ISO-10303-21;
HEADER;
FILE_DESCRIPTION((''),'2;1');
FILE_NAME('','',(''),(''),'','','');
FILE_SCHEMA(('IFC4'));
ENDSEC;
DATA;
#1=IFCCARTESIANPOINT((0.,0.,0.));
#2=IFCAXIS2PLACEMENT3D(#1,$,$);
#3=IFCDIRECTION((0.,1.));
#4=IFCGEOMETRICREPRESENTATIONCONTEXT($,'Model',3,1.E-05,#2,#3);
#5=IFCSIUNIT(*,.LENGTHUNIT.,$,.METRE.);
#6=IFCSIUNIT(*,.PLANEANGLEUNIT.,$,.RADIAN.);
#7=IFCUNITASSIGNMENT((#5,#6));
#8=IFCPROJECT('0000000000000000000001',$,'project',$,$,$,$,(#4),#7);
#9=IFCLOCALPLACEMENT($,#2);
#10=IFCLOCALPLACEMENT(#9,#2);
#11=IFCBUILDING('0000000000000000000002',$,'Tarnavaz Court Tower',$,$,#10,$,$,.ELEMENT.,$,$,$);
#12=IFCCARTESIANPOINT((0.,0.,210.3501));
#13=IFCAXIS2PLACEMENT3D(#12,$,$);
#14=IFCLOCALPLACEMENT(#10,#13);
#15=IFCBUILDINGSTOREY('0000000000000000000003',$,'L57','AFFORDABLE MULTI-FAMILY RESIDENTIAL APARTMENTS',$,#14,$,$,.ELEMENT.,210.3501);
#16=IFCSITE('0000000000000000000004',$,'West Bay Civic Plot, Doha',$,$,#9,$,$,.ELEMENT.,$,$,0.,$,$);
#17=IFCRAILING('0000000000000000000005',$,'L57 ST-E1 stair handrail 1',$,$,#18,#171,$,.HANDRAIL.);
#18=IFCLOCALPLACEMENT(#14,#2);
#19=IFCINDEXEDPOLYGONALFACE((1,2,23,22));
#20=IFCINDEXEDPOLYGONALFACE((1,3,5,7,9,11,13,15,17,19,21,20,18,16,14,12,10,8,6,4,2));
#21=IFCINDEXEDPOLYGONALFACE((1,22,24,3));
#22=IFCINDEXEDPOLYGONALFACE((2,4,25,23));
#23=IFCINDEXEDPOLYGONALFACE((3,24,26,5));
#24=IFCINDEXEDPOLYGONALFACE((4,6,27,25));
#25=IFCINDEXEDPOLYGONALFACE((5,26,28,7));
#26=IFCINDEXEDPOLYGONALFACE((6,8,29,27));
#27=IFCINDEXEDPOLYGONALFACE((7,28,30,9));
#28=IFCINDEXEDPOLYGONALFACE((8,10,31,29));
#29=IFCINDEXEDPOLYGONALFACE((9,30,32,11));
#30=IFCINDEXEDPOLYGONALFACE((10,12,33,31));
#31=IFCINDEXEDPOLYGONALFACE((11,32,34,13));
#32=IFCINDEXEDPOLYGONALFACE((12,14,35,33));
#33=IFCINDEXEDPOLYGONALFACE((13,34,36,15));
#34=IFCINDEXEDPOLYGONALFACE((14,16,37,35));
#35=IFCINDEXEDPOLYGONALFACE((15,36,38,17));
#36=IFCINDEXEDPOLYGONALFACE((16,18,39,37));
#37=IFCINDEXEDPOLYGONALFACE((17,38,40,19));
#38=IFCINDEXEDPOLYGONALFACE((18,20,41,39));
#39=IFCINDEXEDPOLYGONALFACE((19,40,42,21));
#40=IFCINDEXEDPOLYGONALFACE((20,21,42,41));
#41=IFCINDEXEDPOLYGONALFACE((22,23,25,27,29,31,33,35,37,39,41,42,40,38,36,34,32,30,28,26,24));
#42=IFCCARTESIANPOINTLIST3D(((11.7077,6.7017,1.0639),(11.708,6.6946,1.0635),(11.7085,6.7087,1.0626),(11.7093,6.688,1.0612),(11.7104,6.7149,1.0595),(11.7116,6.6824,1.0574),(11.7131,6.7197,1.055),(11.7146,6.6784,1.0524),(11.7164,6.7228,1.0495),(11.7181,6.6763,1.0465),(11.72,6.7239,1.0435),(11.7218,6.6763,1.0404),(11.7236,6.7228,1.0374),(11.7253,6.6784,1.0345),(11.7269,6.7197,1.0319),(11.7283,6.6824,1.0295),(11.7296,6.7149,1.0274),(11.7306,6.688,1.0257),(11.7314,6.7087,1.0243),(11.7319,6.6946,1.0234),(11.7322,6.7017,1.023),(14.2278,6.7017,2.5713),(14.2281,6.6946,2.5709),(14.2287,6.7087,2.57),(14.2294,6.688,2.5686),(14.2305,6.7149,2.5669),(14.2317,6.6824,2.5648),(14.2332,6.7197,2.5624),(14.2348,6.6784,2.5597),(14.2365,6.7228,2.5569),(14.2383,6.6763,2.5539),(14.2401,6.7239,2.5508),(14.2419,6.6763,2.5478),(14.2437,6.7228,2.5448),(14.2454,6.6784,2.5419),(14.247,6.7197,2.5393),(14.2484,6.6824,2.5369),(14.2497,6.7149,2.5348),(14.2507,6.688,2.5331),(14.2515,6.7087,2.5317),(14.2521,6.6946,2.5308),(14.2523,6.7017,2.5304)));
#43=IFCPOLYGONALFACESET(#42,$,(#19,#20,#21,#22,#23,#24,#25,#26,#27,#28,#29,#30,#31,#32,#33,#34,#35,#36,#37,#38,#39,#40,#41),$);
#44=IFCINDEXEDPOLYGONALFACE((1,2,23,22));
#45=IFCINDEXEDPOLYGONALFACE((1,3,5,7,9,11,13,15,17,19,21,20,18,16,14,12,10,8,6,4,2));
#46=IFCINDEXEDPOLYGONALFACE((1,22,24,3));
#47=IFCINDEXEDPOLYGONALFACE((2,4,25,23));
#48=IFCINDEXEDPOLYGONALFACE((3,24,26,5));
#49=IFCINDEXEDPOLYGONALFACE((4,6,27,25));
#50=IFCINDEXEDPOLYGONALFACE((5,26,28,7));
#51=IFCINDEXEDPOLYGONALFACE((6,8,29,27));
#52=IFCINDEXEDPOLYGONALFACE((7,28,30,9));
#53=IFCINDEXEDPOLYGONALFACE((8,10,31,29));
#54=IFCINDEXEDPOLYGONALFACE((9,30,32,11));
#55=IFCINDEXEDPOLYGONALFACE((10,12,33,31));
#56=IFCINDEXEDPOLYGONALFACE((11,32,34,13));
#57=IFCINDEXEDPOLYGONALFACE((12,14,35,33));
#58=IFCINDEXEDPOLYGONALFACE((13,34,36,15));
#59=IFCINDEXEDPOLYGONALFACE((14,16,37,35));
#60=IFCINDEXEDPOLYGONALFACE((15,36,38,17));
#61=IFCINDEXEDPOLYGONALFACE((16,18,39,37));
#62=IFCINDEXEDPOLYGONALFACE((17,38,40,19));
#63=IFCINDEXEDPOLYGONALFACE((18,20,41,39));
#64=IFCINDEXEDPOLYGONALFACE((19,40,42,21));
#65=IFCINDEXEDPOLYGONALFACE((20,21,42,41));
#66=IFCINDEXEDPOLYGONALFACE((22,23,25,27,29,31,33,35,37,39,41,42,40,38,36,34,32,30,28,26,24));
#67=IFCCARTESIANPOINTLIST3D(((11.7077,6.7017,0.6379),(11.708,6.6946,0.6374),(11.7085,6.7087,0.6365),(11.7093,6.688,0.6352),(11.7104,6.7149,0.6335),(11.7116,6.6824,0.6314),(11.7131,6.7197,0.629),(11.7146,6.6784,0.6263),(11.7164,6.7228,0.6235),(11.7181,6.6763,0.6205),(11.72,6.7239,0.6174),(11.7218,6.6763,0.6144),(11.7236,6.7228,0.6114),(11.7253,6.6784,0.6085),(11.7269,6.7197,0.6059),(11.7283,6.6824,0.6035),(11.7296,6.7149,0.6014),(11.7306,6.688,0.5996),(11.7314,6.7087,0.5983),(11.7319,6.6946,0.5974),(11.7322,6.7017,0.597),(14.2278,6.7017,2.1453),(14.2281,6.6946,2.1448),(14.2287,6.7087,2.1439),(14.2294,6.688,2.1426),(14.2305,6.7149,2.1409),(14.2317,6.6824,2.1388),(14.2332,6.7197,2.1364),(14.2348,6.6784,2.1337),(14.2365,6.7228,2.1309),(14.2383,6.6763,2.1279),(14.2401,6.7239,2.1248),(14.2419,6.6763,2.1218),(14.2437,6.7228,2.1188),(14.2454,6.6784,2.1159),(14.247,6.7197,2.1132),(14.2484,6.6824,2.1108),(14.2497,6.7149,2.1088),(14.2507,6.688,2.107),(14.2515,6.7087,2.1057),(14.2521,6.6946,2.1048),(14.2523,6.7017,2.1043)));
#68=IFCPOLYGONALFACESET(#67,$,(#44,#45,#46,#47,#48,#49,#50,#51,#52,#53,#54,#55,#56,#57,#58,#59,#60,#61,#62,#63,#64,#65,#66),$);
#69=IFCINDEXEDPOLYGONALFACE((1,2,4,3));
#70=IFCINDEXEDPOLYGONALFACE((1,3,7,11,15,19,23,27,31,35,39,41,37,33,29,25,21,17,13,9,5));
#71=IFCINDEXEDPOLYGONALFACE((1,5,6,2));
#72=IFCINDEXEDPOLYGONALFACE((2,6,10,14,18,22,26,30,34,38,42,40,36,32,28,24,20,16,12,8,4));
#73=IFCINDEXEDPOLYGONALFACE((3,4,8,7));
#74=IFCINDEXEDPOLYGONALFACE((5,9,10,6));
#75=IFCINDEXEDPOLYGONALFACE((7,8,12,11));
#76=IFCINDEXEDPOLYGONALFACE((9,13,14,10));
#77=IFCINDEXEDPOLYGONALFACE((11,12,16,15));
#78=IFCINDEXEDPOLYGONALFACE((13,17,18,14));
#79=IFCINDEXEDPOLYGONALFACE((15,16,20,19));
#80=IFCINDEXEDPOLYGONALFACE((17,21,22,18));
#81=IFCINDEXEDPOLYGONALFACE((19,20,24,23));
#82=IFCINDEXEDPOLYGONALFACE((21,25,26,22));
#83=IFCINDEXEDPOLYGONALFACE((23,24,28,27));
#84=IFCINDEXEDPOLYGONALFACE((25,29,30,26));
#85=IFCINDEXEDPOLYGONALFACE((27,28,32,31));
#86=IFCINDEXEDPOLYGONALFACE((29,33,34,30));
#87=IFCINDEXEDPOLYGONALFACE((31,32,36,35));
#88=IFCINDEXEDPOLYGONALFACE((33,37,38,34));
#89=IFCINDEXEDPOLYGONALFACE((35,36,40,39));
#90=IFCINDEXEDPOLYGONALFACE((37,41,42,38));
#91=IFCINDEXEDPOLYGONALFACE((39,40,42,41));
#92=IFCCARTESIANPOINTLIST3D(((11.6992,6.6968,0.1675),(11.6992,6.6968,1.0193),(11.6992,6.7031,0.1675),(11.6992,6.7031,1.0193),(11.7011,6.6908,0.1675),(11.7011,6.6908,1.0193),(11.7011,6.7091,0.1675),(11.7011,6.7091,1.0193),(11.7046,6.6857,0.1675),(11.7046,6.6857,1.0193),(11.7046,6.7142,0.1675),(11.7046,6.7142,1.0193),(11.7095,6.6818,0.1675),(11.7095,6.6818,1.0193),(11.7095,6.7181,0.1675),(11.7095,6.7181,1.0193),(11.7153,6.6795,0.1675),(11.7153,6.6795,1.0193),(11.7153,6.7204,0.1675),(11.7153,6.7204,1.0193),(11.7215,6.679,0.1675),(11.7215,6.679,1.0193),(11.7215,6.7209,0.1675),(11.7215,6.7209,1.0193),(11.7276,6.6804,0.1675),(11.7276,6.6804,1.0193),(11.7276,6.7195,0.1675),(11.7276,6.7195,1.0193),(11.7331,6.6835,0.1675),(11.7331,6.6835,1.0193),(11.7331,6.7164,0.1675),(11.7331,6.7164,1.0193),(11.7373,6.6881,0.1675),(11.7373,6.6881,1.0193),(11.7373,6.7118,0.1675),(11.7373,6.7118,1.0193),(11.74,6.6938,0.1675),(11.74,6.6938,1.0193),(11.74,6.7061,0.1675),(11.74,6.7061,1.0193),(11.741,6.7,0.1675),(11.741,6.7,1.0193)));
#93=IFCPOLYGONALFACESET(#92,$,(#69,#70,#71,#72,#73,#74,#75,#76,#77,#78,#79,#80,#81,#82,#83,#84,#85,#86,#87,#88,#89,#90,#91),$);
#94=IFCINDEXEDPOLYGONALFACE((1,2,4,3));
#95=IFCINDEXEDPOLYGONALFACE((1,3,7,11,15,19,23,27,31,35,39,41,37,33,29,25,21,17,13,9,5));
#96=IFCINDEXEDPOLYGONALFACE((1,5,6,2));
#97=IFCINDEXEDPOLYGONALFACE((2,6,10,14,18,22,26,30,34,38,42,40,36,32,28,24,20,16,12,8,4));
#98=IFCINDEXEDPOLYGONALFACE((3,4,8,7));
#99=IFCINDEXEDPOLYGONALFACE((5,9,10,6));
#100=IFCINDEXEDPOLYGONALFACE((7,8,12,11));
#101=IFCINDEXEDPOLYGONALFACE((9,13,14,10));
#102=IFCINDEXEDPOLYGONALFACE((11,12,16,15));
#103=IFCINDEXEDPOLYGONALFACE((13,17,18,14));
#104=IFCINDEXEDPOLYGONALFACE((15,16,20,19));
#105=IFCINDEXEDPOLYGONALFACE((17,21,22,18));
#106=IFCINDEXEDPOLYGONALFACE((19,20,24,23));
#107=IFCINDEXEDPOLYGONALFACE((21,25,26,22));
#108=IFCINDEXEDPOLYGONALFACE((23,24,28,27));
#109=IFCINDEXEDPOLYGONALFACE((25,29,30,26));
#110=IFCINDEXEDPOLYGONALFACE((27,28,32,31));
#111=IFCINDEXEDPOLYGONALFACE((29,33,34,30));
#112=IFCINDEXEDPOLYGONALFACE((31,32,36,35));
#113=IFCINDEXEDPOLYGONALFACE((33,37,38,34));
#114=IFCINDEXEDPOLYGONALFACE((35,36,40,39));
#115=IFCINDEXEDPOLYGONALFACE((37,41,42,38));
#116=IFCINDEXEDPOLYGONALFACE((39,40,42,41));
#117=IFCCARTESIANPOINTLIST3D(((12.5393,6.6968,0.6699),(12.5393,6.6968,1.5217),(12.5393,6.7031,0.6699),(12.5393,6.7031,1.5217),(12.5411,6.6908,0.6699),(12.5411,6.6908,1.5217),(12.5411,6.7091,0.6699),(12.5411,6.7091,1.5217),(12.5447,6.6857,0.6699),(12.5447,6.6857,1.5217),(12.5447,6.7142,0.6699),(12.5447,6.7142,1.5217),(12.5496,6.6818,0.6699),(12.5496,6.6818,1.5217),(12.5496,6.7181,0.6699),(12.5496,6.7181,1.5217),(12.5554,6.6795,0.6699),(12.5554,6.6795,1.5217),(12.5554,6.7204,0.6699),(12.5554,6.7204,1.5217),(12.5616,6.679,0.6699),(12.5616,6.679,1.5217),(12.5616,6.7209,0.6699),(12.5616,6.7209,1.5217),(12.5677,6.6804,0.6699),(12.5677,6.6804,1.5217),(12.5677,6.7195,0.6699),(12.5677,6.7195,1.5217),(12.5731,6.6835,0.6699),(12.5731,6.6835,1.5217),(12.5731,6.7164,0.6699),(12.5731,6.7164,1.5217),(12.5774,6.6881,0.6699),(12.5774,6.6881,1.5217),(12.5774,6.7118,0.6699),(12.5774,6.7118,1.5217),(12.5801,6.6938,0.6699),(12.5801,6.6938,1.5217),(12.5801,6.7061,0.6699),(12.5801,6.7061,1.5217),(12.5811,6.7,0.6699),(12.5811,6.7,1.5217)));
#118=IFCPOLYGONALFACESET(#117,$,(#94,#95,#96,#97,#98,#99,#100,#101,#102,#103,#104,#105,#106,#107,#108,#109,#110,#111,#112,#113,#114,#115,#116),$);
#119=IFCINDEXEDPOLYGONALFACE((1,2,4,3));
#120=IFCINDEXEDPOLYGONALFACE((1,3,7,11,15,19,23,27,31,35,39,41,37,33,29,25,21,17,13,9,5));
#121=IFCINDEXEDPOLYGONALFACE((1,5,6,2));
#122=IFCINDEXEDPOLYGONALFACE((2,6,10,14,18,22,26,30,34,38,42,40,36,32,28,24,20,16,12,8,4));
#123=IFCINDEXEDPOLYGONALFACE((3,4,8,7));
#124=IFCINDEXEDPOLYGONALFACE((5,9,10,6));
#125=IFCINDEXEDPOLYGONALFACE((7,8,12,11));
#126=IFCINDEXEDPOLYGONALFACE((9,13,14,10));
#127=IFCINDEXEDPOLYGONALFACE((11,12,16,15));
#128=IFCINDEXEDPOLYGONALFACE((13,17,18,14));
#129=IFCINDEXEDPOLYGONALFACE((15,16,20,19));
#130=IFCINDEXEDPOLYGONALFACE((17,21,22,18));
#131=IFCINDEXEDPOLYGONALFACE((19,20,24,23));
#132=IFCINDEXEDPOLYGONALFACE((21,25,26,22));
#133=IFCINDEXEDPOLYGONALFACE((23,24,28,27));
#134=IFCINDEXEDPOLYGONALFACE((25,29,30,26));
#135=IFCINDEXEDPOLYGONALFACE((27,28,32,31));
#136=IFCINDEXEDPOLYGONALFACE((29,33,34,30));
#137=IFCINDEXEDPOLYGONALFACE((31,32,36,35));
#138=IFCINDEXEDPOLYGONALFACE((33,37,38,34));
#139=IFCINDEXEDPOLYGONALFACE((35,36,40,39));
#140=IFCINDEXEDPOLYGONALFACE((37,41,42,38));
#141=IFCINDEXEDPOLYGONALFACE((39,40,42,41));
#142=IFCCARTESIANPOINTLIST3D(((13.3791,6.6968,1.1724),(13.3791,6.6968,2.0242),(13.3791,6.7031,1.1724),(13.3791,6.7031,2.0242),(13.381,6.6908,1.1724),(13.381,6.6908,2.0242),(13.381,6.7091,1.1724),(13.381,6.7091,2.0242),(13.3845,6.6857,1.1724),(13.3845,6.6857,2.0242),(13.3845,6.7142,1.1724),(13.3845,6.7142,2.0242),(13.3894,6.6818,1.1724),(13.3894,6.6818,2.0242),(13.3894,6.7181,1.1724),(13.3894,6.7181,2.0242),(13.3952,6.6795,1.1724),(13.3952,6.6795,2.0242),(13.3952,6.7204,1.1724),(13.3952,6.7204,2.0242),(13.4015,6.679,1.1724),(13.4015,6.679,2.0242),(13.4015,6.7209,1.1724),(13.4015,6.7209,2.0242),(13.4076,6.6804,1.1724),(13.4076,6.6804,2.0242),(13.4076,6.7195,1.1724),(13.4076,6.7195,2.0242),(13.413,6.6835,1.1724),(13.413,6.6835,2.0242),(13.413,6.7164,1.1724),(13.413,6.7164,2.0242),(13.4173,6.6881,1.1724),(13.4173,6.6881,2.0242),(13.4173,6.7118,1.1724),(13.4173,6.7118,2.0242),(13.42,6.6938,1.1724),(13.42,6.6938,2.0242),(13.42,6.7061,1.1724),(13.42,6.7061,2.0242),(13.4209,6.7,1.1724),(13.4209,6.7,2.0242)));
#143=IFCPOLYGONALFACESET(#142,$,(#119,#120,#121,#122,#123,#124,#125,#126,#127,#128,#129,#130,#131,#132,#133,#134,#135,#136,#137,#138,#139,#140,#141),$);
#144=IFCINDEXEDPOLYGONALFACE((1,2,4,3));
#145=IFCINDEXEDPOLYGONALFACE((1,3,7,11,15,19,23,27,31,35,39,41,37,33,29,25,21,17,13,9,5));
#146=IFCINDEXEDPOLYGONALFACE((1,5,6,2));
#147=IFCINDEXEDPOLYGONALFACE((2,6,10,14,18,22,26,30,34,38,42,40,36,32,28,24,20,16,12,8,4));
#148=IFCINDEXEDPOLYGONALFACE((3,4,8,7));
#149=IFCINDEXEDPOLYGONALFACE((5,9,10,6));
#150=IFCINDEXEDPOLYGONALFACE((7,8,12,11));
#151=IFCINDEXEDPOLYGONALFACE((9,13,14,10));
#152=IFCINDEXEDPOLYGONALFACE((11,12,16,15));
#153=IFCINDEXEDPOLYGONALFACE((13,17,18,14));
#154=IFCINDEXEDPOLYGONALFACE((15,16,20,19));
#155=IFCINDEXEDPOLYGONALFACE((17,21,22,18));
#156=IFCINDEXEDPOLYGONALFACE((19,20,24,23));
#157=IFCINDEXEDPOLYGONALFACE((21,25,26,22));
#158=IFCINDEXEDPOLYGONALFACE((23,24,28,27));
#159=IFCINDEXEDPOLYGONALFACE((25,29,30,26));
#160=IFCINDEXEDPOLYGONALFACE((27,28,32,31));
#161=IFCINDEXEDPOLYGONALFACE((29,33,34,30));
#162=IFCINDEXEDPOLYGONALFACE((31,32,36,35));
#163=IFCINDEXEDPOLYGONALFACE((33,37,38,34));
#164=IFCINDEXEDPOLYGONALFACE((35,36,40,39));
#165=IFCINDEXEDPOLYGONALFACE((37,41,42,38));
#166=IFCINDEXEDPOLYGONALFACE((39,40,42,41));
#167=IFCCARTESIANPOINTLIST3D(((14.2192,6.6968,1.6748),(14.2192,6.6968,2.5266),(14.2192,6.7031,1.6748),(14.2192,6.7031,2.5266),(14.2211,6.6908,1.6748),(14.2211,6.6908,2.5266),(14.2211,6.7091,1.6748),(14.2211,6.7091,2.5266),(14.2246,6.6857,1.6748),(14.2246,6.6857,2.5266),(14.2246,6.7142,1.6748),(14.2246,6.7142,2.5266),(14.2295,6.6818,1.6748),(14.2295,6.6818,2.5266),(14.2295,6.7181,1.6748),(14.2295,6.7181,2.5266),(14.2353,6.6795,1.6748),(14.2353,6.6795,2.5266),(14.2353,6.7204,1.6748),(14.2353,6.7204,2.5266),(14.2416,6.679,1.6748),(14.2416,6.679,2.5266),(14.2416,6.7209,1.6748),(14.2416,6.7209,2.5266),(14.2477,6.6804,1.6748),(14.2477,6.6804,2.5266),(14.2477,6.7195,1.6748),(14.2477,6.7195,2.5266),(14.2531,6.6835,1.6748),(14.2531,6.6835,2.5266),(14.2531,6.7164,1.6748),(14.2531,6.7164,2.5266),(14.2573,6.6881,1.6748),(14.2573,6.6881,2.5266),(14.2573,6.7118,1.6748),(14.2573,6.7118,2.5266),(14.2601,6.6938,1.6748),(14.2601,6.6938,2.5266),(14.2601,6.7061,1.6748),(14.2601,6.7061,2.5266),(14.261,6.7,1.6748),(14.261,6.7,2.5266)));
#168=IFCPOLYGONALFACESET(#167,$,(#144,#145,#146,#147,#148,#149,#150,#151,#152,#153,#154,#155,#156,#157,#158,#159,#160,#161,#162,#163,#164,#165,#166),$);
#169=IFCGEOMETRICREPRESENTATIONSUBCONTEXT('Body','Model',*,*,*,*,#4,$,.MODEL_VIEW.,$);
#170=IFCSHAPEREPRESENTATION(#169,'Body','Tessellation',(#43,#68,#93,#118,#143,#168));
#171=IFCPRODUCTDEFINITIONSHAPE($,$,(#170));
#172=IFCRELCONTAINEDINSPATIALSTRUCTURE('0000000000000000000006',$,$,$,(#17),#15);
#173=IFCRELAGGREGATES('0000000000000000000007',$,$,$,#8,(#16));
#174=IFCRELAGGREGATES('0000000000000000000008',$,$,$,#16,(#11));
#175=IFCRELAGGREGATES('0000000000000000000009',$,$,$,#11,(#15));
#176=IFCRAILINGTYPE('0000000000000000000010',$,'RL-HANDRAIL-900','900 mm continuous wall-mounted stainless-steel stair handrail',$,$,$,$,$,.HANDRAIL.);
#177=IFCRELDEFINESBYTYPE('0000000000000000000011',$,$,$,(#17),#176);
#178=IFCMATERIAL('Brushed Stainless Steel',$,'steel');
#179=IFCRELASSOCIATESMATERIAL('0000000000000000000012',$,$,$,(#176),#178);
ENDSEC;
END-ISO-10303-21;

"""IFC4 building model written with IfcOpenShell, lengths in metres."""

from ifc_helpers import new_model, si_unit, direction, frame, origin, origin_2d, place, context, subcontext, project, spatial, circle, extrude, material, type_object, element, save


model = new_model("IFC4")

# Units and contexts
model_context = context("Model", 3, precision=1e-05, world=origin(), true_north=direction((0.0, 1.0)))
body_context = subcontext(model_context, "Body", "Model", "MODEL_VIEW")
ifc_project = project(units=[si_unit("LENGTHUNIT", "METRE"), si_unit("PLANEANGLEUNIT", "RADIAN")], contexts=[model_context])

# Site, building, storey
site_placement = place(None, origin())
site = spatial("IfcSite", under=ifc_project, at=site_placement, Name="West Bay Civic Plot, Doha", CompositionType="ELEMENT", RefElevation=0.0)
building_placement = place(site_placement, origin())
building = spatial("IfcBuilding", under=site, at=building_placement, Name="Tarnavaz Court Tower", CompositionType="ELEMENT")
storey_placement = place(building_placement, frame((0.0, 0.0, 210.3501)))
storey = spatial("IfcBuildingStorey", under=building, at=storey_placement, Name="L57", Description="AFFORDABLE MULTI-FAMILY RESIDENTIAL APARTMENTS", CompositionType="ELEMENT", Elevation=210.3501)

# Railing
ifc_material_1 = material(Name="Brushed Stainless Steel", Category="steel")
railing_type_1 = type_object("IfcRailingType", Name="RL-HANDRAIL-900", Description="900 mm continuous wall-mounted stainless-steel stair handrail", PredefinedType="HANDRAIL", material=ifc_material_1)
railing_1_placement = place(storey_placement, frame((11.72, 6.7, 0.1675)))
element("IfcRailing", 1, at=railing_1_placement, inside=storey, type_object=railing_type_1, Name="L57 ST-E1 stair handrail 1", PredefinedType="HANDRAIL", context=body_context, shape_type="SweptSolid", body=[
    extrude(circle(Radius=0.0239, at=origin_2d()), frame((0.0, 0.0, 0.876), z_axis=(0.858196, 0.0, 0.513321), x_axis=(0.0, 1.0, 0.0)), (0.0, 0.0, 1.0), 2.9365),
    extrude(circle(Radius=0.0239, at=origin_2d()), frame((0.0, 0.0, 0.45), z_axis=(0.858196, 0.0, 0.513321), x_axis=(0.0, 1.0, 0.0)), (0.0, 0.0, 1.0), 2.9365),
    extrude(circle(Radius=0.021, at=origin_2d()), origin(), (0.0, 0.0, 1.0), 0.8518),
    extrude(circle(Radius=0.021, at=origin_2d()), frame((0.8401, 0.0, 0.5024)), (0.0, 0.0, 1.0), 0.8518),
    extrude(circle(Radius=0.021, at=origin_2d()), frame((1.6799, 0.0, 1.0049)), (0.0, 0.0, 1.0), 0.8518),
    extrude(circle(Radius=0.021, at=origin_2d()), frame((2.52, 0.0, 1.5073)), (0.0, 0.0, 1.0), 0.8518),
])

save(model, "model.ifc")
